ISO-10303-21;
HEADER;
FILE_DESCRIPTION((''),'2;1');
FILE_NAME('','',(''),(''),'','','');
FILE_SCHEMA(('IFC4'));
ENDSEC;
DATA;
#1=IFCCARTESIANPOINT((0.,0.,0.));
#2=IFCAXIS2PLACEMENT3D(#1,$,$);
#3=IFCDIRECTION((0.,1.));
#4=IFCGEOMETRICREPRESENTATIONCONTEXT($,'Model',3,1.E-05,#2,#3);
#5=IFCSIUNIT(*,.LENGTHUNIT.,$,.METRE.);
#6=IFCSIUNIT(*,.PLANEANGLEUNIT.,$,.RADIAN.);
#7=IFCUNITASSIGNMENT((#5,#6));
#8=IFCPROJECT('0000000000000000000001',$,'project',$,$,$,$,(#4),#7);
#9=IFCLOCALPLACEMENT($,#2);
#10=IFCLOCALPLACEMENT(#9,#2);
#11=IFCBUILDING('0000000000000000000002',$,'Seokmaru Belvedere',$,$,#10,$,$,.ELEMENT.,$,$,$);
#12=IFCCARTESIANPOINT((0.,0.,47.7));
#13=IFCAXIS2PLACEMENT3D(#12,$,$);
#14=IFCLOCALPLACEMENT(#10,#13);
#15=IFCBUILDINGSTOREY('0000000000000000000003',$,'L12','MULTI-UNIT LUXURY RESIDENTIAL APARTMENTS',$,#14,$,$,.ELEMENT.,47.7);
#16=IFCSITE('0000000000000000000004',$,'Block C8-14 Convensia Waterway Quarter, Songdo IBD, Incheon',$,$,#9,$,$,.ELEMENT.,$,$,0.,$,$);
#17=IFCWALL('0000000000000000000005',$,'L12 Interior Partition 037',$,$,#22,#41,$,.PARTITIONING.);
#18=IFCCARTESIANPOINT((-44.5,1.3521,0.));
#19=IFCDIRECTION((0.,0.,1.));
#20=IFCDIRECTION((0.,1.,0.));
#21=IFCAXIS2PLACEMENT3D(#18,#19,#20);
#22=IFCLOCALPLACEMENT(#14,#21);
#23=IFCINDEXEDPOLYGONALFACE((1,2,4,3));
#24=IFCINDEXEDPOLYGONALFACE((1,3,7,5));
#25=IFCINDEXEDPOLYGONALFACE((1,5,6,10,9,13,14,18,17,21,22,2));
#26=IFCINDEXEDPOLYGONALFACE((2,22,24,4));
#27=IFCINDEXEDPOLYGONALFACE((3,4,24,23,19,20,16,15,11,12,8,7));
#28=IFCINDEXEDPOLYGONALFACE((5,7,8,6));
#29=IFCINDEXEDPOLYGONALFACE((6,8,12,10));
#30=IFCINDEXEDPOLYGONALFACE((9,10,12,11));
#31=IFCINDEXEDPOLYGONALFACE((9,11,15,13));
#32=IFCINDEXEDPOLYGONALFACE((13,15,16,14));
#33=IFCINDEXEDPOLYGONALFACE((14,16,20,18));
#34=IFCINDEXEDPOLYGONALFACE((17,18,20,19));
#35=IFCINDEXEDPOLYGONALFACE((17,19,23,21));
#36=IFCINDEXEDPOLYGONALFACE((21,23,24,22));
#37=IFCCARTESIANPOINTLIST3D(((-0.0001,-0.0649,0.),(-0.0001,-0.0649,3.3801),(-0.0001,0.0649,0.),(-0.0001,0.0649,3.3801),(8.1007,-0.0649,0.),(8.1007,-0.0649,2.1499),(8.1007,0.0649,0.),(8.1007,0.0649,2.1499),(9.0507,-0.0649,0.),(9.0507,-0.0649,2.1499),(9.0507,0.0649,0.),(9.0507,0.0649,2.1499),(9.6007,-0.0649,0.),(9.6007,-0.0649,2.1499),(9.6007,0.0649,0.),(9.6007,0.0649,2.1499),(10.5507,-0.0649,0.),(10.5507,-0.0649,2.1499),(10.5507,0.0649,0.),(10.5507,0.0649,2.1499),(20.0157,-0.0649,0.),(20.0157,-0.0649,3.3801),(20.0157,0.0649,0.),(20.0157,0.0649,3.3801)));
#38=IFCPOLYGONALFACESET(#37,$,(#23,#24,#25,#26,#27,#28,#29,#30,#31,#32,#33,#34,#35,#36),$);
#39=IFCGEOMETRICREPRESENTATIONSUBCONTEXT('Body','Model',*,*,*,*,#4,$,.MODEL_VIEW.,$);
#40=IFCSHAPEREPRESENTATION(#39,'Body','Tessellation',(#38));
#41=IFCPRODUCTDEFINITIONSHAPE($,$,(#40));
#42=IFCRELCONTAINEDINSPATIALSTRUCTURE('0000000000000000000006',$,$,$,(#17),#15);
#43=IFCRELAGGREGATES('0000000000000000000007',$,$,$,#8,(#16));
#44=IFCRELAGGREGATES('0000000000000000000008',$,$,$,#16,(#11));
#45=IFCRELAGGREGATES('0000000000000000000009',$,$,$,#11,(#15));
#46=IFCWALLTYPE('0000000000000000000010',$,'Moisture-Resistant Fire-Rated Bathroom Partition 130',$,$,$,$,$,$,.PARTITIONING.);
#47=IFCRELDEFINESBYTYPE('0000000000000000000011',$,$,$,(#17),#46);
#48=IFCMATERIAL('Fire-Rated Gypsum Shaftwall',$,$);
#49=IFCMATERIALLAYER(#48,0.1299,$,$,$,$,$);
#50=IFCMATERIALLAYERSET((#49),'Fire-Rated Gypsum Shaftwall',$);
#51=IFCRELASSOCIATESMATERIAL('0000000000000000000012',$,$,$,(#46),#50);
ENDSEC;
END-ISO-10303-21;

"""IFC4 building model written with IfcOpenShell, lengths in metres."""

from ifc_helpers import new_model, si_unit, direction, frame, frame_2d, origin, place, context, subcontext, project, spatial, rectangle, extrude, material, layer, layer_set, type_object, element, save


model = new_model("IFC4")

# Units and contexts
model_context = context("Model", 3, precision=1e-05, world=origin(), true_north=direction((0.0, 1.0)))
body_context = subcontext(model_context, "Body", "Model", "MODEL_VIEW")
ifc_project = project(units=[si_unit("LENGTHUNIT", "METRE"), si_unit("PLANEANGLEUNIT", "RADIAN")], contexts=[model_context])

# Site, building, storey
site_placement = place(None, origin())
site = spatial("IfcSite", under=ifc_project, at=site_placement, Name="Block C8-14 Convensia Waterway Quarter, Songdo IBD, Incheon", CompositionType="ELEMENT", RefElevation=0.0)
building_placement = place(site_placement, origin())
building = spatial("IfcBuilding", under=site, at=building_placement, Name="Seokmaru Belvedere", CompositionType="ELEMENT")
storey_placement = place(building_placement, frame((0.0, 0.0, 47.7)))
storey = spatial("IfcBuildingStorey", under=building, at=storey_placement, Name="L12", Description="MULTI-UNIT LUXURY RESIDENTIAL APARTMENTS", CompositionType="ELEMENT", Elevation=47.7)

# Shared definitions
ifc_material_1 = material(Name="Fire-Rated Gypsum Shaftwall")

# Shared definitions
ifc_layer_1 = layer(ifc_material_1, 0.1299)
ifc_layer_set_1 = layer_set([ifc_layer_1], Name="Fire-Rated Gypsum Shaftwall")
wall_type_1 = type_object("IfcWallType", Name="Moisture-Resistant Fire-Rated Bathroom Partition 130", PredefinedType="PARTITIONING", material=ifc_layer_set_1)

# Wall, openings
wall_1_placement = place(storey_placement, frame((-44.5, 1.3521, 0.0), z_axis=(0.0, 0.0, 1.0), x_axis=(0.0, 1.0, 0.0)))
wall_1 = element("IfcWall", 1, at=wall_1_placement, inside=storey, type_object=wall_type_1, Name="L12 Interior Partition 037", PredefinedType="PARTITIONING", context=body_context, shape_type="SweptSolid", body=[
    extrude(rectangle(XDim=20.0159, YDim=0.1299, at=frame_2d((10.0078, 0.0))), origin(), (0.0, 0.0, 1.0), 3.3801),
])
opening_1_placement = place(wall_1_placement, frame((8.1006, 0.0, 0.0)))
element("IfcOpeningElement", 2, at=opening_1_placement, cuts=wall_1, PredefinedType="OPENING", context=body_context, shape_type="SweptSolid", body=[
    extrude(rectangle(XDim=0.95, YDim=2.1499, at=frame_2d((0.4751, 1.075))), frame((0.0, 0.075, 0.0), z_axis=(0.0, -1.0, 0.0), x_axis=(1.0, 0.0, 0.0)), (0.0, 0.0, 1.0), 0.1499),
])
opening_2_placement = place(wall_1_placement, frame((9.6006, 0.0, 0.0)))
element("IfcOpeningElement", 3, at=opening_2_placement, cuts=wall_1, PredefinedType="OPENING", context=body_context, shape_type="SweptSolid", body=[
    extrude(rectangle(XDim=0.95, YDim=2.1499, at=frame_2d((0.4751, 1.075))), frame((0.0, 0.075, 0.0), z_axis=(0.0, -1.0, 0.0), x_axis=(1.0, 0.0, 0.0)), (0.0, 0.0, 1.0), 0.1499),
])

save(model, "model.ifc")
